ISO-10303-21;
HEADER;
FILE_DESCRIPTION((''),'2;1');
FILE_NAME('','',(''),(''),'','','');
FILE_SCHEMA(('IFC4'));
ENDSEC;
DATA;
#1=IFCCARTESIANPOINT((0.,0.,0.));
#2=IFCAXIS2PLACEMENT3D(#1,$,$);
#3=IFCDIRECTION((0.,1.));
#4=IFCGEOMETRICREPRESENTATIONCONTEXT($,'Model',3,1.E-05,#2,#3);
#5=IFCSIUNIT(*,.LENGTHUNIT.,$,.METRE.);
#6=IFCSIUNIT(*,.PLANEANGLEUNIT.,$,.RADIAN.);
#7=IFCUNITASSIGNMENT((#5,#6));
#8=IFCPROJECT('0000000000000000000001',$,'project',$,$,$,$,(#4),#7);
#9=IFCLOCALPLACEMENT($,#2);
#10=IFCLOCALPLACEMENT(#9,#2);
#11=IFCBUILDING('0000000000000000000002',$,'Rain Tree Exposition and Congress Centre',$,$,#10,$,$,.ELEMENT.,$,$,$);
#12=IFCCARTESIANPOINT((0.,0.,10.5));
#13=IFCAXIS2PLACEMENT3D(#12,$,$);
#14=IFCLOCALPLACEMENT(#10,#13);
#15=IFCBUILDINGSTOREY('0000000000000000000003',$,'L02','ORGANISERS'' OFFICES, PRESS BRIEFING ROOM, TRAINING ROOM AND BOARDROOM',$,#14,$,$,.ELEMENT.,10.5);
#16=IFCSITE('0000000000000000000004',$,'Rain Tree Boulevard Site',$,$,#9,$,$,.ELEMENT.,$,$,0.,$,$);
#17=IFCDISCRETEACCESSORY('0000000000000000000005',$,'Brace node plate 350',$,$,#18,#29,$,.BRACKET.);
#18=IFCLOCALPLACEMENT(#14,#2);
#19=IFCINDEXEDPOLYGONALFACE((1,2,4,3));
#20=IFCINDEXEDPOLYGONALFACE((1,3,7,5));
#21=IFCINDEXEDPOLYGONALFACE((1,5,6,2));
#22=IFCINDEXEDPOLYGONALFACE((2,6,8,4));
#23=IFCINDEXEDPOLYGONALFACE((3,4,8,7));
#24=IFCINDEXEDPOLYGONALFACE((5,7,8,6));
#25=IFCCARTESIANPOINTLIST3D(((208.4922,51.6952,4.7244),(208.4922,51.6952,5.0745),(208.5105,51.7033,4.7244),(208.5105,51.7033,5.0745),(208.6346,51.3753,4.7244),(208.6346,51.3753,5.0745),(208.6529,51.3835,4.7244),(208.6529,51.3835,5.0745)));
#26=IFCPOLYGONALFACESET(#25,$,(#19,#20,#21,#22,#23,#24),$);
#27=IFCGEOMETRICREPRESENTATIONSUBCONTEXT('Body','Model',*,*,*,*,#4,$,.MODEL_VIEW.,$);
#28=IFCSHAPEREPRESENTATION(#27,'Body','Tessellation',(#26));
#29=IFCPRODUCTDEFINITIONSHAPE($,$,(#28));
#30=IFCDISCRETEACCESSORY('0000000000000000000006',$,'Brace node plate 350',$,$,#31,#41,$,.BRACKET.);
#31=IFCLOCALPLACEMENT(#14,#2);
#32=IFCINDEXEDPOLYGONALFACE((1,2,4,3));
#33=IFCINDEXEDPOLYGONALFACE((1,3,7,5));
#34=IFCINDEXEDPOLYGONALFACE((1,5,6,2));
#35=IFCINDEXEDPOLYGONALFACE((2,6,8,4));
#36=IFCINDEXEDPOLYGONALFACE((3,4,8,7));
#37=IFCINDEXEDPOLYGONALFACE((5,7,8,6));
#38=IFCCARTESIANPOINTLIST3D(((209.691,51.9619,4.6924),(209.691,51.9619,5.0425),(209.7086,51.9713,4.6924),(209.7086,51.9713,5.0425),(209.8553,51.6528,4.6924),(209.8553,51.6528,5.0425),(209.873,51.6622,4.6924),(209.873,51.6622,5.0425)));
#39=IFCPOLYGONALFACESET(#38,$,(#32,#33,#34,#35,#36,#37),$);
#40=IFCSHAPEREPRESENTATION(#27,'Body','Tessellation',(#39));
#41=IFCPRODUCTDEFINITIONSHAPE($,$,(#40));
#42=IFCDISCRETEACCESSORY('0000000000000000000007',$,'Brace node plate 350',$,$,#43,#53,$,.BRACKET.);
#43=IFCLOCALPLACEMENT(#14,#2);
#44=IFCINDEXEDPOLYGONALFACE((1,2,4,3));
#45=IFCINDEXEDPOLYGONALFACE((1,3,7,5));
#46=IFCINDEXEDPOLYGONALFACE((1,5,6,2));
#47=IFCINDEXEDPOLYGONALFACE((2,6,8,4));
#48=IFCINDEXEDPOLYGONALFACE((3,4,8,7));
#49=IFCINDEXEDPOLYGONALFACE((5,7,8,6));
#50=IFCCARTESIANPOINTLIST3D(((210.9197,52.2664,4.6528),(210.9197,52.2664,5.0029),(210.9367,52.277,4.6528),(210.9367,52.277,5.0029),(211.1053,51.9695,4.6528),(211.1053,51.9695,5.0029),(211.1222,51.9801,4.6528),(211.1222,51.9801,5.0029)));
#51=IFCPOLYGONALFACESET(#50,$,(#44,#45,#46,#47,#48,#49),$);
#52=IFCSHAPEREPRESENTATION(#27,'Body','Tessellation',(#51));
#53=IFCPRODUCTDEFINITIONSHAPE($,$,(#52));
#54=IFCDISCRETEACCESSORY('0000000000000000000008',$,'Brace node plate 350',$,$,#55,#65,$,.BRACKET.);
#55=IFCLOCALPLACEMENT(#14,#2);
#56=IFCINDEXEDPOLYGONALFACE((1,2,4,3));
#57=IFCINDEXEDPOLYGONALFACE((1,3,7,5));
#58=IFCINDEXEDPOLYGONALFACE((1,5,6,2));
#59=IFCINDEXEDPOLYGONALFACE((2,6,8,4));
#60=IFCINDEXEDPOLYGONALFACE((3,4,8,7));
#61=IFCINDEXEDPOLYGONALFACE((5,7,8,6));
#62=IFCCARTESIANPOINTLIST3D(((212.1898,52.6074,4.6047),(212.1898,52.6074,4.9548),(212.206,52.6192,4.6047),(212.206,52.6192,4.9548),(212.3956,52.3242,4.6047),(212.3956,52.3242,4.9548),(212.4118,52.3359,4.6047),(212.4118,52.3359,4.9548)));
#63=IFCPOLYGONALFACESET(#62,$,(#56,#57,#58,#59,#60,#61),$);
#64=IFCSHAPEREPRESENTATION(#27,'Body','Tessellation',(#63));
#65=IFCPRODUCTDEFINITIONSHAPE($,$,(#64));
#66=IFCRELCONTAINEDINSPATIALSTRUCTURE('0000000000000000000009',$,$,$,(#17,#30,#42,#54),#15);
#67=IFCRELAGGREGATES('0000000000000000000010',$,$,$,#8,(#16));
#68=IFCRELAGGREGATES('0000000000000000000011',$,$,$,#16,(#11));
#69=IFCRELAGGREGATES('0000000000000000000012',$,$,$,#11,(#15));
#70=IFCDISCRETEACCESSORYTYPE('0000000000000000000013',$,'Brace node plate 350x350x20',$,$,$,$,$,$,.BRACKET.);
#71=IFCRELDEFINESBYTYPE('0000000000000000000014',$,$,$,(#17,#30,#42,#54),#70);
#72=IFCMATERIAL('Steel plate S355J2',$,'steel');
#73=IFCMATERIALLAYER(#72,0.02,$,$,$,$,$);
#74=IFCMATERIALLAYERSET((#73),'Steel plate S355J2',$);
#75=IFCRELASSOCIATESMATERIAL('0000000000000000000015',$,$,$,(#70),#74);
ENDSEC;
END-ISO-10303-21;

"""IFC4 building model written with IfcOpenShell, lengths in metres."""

from ifc_helpers import new_model, si_unit, direction, frame, origin, origin_2d, place, context, subcontext, project, spatial, rectangle, extrude, material, layer, layer_set, type_object, element, save


model = new_model("IFC4")

# Units and contexts
model_context = context("Model", 3, precision=1e-05, world=origin(), true_north=direction((0.0, 1.0)))
body_context = subcontext(model_context, "Body", "Model", "MODEL_VIEW")
ifc_project = project(units=[si_unit("LENGTHUNIT", "METRE"), si_unit("PLANEANGLEUNIT", "RADIAN")], contexts=[model_context])

# Site, building, storey
site_placement = place(None, origin())
site = spatial("IfcSite", under=ifc_project, at=site_placement, Name="Rain Tree Boulevard Site", CompositionType="ELEMENT", RefElevation=0.0)
building_placement = place(site_placement, origin())
building = spatial("IfcBuilding", under=site, at=building_placement, Name="Rain Tree Exposition and Congress Centre", CompositionType="ELEMENT")
storey_placement = place(building_placement, frame((0.0, 0.0, 10.5)))
storey = spatial("IfcBuildingStorey", under=building, at=storey_placement, Name="L02", Description="ORGANISERS' OFFICES, PRESS BRIEFING ROOM, TRAINING ROOM AND BOARDROOM", CompositionType="ELEMENT", Elevation=10.5)

# Discrete accessories
ifc_material_1 = material(Name="Steel plate S355J2", Category="steel")
ifc_layer = layer(ifc_material_1, 0.02)
ifc_layer_set = layer_set([ifc_layer], Name="Steel plate S355J2")
discrete_accessory_type = type_object("IfcDiscreteAccessoryType", Name="Brace node plate 350x350x20", PredefinedType="BRACKET", material=ifc_layer_set)
for number, where, z_axis, x_axis, name in (
    (1, (208.5725, 51.5393, 4.7244), (0.0, 0.0, 1.0), (-0.406737, 0.913545, 0.0), "Brace node plate 350"),
    (2, (209.782, 51.812, 4.6924), (0.0, 0.0, 1.0), (-0.469472, 0.882948, 0.0), "Brace node plate 350"),
    (3, (211.021, 52.1233, 4.6528), (0.0, 0.0, 1.0), (-0.529919, 0.848048, 0.0), "Brace node plate 350"),
    (4, (212.3008, 52.4717, 4.6047), (0.0, 0.0, 1.0), (-0.587785, 0.809017, 0.0), "Brace node plate 350"),
):
    element("IfcDiscreteAccessory", number, at=place(storey_placement, frame(where, z_axis=z_axis, x_axis=x_axis)), inside=storey, type_object=discrete_accessory_type, Name=name, PredefinedType="BRACKET", context=body_context, shape_type="SweptSolid", body=[
        extrude(rectangle(XDim=0.3501, YDim=0.02, at=origin_2d()), origin(), (0.0, 0.0, 1.0), 0.3501),
    ])

save(model, "model.ifc")
